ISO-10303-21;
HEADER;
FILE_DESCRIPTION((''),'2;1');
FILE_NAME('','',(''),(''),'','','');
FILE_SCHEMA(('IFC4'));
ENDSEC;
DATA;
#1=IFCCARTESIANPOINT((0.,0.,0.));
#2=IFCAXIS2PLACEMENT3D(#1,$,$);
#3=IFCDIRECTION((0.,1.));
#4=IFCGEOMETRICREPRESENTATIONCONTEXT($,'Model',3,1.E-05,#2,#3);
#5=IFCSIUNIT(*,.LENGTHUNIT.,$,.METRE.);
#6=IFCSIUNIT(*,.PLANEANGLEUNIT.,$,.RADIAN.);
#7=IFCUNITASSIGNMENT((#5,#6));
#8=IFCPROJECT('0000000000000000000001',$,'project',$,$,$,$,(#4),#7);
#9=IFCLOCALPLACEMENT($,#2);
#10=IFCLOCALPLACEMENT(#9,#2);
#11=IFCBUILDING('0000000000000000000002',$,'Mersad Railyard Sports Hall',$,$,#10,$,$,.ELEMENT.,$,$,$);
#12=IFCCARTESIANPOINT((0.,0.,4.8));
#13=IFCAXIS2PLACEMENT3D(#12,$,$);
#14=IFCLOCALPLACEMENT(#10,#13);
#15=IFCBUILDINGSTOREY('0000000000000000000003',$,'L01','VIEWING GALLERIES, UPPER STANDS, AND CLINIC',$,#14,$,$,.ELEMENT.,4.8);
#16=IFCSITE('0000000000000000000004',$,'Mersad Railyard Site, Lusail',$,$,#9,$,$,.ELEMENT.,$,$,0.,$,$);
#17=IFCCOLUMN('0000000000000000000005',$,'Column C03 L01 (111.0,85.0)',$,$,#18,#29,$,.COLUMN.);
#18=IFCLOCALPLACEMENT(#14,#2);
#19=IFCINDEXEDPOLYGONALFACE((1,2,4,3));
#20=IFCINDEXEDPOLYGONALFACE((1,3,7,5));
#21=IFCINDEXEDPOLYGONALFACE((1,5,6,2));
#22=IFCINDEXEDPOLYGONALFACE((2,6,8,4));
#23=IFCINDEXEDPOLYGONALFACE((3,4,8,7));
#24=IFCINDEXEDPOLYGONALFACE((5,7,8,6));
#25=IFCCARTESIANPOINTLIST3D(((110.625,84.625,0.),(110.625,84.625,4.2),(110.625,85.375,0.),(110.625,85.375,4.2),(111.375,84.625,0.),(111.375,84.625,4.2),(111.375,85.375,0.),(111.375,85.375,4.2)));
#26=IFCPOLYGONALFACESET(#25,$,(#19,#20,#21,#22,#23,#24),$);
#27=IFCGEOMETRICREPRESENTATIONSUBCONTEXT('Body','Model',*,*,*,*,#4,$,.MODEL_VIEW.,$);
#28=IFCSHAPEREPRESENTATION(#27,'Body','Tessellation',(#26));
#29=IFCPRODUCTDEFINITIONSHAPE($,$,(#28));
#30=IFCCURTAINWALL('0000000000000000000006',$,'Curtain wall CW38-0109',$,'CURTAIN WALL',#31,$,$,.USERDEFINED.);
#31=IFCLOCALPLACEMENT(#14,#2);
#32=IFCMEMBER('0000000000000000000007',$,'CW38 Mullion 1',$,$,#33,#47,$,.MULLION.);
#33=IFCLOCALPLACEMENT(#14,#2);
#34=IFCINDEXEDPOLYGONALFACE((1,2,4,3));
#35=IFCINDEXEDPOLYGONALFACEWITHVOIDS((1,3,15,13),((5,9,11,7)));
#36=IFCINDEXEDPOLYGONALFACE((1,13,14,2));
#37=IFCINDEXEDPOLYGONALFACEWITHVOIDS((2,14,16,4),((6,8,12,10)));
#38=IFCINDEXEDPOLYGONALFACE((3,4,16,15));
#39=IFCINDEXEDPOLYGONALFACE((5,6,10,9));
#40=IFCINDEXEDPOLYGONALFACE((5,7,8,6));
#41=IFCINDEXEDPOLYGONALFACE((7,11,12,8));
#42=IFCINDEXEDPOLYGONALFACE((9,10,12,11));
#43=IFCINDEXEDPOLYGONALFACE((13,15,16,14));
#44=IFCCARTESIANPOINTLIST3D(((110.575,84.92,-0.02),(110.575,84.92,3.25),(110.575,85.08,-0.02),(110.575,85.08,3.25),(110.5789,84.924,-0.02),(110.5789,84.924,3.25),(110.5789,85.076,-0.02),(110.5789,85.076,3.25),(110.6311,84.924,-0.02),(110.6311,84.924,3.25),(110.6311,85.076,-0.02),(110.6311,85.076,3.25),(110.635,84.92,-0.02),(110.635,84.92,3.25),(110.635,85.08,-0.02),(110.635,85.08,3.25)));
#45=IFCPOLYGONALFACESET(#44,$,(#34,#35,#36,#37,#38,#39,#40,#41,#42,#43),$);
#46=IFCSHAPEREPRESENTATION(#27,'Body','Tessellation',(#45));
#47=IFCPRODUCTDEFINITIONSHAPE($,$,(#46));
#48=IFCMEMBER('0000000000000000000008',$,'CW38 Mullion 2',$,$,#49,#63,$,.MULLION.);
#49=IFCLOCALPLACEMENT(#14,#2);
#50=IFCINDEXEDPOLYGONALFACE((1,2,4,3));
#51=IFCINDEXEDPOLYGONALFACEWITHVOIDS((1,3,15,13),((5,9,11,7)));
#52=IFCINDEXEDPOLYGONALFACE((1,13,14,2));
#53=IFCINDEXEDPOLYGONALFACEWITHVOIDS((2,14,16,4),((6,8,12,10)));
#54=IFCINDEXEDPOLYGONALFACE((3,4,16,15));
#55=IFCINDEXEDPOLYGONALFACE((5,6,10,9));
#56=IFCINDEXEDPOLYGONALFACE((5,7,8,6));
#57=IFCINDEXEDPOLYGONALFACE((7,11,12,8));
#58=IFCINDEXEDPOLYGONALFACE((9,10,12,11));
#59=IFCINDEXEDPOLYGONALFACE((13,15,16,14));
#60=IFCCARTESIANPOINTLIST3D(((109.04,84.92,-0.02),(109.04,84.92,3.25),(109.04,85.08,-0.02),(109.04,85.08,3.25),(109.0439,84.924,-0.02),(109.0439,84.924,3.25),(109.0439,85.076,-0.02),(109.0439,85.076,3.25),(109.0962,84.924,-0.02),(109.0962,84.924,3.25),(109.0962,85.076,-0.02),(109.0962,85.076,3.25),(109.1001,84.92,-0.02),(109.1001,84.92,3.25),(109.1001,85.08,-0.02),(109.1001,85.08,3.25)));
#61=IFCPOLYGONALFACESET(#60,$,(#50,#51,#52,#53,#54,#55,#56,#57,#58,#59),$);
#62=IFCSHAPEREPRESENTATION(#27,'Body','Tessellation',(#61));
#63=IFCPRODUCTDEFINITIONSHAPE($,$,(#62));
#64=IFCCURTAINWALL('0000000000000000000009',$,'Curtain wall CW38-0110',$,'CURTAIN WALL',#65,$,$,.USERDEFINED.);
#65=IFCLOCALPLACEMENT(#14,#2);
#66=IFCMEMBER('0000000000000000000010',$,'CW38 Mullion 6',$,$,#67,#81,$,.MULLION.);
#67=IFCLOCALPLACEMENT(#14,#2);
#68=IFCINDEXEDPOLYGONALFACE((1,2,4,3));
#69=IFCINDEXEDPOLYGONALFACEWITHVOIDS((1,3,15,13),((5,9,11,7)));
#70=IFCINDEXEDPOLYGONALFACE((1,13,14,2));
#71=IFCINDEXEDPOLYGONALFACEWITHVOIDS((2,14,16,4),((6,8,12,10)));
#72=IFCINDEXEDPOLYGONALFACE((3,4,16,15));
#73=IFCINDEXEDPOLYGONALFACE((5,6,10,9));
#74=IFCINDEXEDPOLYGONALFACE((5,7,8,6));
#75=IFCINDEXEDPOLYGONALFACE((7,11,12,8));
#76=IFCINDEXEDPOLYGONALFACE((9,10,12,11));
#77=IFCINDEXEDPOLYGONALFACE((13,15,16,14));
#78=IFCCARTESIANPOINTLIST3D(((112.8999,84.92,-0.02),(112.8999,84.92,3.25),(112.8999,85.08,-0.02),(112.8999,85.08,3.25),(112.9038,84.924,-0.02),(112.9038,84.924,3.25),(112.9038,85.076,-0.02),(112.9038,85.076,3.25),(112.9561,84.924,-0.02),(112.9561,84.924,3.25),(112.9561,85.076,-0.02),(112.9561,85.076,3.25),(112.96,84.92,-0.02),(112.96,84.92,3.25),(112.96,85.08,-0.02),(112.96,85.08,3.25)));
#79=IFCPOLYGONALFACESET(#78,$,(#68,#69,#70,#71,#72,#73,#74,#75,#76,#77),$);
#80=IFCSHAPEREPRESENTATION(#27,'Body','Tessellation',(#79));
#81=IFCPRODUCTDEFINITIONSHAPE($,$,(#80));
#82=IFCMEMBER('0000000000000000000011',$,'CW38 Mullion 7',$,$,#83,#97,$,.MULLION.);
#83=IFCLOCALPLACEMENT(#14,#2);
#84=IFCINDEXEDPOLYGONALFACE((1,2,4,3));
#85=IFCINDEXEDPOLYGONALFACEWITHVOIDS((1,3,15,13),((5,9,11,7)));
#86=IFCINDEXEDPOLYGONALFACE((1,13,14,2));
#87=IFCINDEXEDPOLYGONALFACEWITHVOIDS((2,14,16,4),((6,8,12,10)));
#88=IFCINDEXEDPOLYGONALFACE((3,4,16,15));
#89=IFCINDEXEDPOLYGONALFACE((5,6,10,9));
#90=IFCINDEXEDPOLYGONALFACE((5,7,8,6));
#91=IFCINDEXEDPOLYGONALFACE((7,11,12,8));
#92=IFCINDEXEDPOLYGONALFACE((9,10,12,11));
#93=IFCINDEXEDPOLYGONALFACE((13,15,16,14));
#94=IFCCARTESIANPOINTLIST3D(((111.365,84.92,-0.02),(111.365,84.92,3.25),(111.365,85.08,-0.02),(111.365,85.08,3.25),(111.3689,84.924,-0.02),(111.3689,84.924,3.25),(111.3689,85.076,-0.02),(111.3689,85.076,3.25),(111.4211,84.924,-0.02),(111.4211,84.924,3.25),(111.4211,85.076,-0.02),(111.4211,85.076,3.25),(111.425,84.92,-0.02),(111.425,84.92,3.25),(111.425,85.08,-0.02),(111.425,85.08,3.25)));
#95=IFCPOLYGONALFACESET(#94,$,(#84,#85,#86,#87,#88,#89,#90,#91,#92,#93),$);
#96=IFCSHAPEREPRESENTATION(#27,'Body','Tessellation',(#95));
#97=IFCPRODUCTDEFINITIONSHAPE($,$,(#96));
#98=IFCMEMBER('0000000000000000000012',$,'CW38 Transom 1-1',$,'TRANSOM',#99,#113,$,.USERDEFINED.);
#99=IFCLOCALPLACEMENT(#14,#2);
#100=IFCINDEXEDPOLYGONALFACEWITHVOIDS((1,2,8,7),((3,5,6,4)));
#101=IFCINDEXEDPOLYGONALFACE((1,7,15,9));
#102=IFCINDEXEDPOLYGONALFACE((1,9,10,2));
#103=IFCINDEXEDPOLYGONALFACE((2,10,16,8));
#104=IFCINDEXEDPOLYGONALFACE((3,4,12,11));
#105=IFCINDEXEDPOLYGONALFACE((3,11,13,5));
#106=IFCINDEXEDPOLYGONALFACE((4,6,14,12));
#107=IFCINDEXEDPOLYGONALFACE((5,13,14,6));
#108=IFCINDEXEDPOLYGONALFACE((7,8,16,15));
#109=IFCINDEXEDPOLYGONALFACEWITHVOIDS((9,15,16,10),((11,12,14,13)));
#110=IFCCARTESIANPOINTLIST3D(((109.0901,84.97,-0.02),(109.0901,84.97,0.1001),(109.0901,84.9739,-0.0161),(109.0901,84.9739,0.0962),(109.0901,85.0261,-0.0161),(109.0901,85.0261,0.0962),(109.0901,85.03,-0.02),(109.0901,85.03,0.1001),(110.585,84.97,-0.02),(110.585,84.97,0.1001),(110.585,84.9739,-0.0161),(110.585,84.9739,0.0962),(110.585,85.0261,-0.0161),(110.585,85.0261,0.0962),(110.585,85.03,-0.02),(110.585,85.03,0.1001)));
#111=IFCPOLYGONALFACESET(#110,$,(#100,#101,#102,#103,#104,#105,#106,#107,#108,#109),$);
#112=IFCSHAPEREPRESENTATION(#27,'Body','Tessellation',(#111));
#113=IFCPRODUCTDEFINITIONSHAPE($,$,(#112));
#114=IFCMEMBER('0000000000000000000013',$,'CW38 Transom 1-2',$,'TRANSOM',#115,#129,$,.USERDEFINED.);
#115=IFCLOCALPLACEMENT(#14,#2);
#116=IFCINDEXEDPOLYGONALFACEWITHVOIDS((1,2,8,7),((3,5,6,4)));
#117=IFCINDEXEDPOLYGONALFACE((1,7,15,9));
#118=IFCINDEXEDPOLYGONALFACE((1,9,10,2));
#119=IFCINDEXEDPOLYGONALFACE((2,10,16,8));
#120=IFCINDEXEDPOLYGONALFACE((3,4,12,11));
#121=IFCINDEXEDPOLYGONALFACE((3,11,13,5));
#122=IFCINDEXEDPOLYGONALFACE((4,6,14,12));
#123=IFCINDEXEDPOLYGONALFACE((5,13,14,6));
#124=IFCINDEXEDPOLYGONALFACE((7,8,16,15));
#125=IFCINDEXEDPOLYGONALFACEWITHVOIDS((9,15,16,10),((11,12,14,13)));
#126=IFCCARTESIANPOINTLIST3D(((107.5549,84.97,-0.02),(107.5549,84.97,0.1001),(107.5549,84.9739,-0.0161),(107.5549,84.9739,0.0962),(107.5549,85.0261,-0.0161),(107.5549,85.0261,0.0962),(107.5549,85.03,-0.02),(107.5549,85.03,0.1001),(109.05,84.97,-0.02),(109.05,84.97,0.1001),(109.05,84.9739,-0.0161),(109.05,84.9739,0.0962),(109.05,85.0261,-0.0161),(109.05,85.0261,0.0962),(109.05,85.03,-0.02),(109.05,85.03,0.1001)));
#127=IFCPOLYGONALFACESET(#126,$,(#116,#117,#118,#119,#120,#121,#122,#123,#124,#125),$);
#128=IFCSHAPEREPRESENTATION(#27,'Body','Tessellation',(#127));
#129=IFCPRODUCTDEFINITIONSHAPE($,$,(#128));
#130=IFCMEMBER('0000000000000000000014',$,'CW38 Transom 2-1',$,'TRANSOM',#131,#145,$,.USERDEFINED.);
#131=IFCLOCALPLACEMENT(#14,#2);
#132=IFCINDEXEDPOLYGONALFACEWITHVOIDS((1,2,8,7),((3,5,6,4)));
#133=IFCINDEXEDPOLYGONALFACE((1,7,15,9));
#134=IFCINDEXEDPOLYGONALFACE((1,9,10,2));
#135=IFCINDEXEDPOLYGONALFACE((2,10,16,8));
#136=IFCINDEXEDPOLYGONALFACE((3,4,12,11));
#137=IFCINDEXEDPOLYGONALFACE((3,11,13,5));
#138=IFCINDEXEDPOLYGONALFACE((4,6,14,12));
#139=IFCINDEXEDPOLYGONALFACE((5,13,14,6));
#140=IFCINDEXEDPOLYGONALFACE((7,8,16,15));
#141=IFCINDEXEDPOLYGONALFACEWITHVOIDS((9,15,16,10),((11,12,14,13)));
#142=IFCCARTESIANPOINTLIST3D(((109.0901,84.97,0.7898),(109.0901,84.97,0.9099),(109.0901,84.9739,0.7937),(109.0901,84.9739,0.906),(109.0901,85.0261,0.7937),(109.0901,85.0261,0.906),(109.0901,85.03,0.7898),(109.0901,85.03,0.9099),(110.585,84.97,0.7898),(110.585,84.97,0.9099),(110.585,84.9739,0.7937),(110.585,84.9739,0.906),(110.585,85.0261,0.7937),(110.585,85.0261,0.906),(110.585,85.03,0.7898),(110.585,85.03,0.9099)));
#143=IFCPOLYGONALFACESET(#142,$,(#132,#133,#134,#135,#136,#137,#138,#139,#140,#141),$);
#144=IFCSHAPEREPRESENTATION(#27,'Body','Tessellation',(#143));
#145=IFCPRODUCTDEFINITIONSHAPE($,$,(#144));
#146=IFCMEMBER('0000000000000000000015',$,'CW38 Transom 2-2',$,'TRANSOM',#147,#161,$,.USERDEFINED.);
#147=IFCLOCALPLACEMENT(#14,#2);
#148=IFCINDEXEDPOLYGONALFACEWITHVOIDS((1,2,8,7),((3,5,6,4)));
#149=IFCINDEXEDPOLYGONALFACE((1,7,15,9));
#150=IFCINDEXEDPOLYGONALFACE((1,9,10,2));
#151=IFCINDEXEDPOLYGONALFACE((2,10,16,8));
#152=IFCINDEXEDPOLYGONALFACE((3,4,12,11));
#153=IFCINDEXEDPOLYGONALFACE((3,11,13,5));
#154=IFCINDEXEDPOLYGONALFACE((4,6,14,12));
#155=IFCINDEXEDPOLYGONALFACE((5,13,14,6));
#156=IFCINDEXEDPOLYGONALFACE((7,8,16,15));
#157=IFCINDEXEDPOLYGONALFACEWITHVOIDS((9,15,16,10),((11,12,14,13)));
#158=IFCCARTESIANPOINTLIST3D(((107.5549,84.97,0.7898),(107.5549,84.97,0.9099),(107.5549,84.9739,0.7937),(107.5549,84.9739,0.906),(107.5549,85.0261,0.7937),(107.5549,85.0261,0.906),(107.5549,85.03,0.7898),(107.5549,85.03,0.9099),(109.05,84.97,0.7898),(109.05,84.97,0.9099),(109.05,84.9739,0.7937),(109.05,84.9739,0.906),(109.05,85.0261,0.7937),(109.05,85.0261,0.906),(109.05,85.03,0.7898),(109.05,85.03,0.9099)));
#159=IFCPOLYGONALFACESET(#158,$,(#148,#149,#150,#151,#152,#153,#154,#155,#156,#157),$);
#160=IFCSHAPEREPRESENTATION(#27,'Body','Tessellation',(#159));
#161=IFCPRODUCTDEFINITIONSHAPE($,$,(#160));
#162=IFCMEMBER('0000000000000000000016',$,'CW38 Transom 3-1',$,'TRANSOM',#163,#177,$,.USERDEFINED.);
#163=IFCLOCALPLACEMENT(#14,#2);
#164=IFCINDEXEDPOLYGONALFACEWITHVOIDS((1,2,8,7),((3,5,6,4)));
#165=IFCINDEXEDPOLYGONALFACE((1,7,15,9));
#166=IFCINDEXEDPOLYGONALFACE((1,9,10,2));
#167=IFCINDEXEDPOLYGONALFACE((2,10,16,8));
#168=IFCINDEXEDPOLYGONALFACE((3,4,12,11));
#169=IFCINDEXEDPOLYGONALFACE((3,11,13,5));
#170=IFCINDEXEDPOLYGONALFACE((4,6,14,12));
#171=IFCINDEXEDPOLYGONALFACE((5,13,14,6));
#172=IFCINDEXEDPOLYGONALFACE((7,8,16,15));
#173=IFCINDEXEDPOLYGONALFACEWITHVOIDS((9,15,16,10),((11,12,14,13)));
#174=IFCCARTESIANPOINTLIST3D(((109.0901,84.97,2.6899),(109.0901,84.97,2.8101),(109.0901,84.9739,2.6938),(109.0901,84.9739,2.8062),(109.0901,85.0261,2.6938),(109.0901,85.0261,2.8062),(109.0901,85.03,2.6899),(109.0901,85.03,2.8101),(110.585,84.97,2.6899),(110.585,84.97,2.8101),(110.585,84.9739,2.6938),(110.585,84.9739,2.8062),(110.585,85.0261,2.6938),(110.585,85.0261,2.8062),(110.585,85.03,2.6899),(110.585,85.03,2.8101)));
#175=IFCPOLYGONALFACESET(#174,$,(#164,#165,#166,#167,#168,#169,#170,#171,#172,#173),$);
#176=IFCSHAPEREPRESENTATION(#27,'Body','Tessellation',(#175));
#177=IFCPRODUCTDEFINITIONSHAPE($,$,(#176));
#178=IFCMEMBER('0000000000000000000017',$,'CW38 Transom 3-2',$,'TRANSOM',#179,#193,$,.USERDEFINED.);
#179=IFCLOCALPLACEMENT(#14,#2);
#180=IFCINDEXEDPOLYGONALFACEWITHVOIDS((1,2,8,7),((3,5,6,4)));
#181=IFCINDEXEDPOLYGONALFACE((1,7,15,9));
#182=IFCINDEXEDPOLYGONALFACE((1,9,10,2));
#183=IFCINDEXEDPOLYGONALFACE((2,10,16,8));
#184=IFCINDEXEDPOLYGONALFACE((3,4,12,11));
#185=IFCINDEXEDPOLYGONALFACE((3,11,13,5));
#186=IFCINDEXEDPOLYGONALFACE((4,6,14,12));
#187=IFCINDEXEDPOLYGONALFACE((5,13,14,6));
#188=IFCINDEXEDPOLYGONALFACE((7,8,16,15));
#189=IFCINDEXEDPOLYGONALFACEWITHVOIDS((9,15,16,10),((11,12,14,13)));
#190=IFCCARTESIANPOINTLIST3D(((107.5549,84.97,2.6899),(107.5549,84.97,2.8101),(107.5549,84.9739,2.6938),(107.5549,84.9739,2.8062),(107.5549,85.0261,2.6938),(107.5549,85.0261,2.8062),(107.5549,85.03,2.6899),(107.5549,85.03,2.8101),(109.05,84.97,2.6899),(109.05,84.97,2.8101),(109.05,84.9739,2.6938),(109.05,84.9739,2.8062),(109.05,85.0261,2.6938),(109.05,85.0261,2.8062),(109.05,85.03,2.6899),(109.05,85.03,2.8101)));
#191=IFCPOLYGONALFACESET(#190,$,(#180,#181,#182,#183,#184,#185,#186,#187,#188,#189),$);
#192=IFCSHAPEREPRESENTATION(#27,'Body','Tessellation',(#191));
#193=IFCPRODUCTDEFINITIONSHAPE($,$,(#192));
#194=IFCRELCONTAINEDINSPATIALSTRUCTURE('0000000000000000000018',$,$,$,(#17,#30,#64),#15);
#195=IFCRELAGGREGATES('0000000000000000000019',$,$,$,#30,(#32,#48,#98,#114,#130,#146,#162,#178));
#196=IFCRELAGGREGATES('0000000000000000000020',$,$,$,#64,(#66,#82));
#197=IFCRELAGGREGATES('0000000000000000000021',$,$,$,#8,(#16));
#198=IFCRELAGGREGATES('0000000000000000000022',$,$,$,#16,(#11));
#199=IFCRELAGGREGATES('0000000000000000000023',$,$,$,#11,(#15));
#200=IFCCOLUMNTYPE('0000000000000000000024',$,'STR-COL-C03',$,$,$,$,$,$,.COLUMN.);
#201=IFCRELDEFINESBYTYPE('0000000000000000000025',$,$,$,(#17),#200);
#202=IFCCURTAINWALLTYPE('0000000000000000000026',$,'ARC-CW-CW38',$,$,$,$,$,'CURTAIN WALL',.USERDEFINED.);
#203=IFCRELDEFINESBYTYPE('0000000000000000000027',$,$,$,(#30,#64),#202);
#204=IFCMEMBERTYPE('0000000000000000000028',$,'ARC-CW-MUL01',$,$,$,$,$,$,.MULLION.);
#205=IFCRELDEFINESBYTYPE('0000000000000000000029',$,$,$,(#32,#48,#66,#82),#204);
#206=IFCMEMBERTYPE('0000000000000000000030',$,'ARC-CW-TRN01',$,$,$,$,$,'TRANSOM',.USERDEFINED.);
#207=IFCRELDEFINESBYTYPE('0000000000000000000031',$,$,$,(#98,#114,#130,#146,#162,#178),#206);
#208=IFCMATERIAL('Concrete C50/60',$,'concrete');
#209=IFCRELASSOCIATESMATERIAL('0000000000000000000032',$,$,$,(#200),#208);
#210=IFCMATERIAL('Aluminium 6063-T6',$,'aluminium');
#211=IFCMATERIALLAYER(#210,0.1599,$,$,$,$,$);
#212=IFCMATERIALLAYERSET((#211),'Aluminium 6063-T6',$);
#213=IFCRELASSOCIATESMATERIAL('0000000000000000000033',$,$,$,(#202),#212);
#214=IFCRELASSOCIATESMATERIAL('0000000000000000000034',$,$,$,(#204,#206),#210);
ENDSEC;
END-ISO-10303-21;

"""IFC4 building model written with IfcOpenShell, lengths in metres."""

from ifc_helpers import new_model, si_unit, direction, frame, origin, origin_2d, place, context, subcontext, project, spatial, rectangle, hollow_rectangle, extrude, material, layer, layer_set, material_profile, profile_set, type_object, element, aggregate, save


model = new_model("IFC4")

# Units and contexts
model_context = context("Model", 3, precision=1e-05, world=origin(), true_north=direction((0.0, 1.0)))
body_context = subcontext(model_context, "Body", "Model", "MODEL_VIEW")
ifc_project = project(units=[si_unit("LENGTHUNIT", "METRE"), si_unit("PLANEANGLEUNIT", "RADIAN")], contexts=[model_context])

# Site, building, storey
site_placement = place(None, origin())
site = spatial("IfcSite", under=ifc_project, at=site_placement, Name="Mersad Railyard Site, Lusail", CompositionType="ELEMENT", RefElevation=0.0)
building_placement = place(site_placement, origin())
building = spatial("IfcBuilding", under=site, at=building_placement, Name="Mersad Railyard Sports Hall", CompositionType="ELEMENT")
storey_placement = place(building_placement, frame((0.0, 0.0, 4.8)))
storey = spatial("IfcBuildingStorey", under=building, at=storey_placement, Name="L01", Description="VIEWING GALLERIES, UPPER STANDS, AND CLINIC", CompositionType="ELEMENT", Elevation=4.8)

# Column
ifc_material_1 = material(Name="Concrete C50/60", Category="concrete")
ifc_material_profile_1 = material_profile(ifc_material_1, rectangle(XDim=0.75, YDim=0.75, at=origin_2d()), Name="RC 750x750")
ifc_profile_set_1 = profile_set([ifc_material_profile_1], Name="Concrete C50/60")
column_type = type_object("IfcColumnType", Name="STR-COL-C03", PredefinedType="COLUMN", material=ifc_profile_set_1)
column_placement = place(storey_placement, frame((111.0, 85.0, 0.0), z_axis=(0.0, 0.0, 1.0), x_axis=(1.0, 0.0, 0.0)))
element("IfcColumn", 1, at=column_placement, inside=storey, type_object=column_type, Name="Column C03 L01 (111.0,85.0)", PredefinedType="COLUMN", context=body_context, shape_type="SweptSolid", body=[
    extrude(rectangle(XDim=0.75, YDim=0.75, at=origin_2d()), origin(), (0.0, 0.0, 1.0), 4.2),
])

# Curtain walls, members
ifc_material_2 = material(Name="Aluminium 6063-T6", Category="aluminium")
ifc_layer_1 = layer(ifc_material_2, 0.1599)
ifc_layer_set_1 = layer_set([ifc_layer_1], Name="Aluminium 6063-T6")
curtain_wall_type = type_object("IfcCurtainWallType", Name="ARC-CW-CW38", ElementType="CURTAIN WALL", PredefinedType="USERDEFINED", material=ifc_layer_set_1)
curtain_wall_1_placement = place(storey_placement, origin())
curtain_wall_1 = element("IfcCurtainWall", 2, at=curtain_wall_1_placement, inside=storey, type_object=curtain_wall_type, Name="Curtain wall CW38-0109", ObjectType="CURTAIN WALL", PredefinedType="USERDEFINED")
ifc_material_profile_2 = material_profile(ifc_material_2, hollow_rectangle(XDim=0.0601, YDim=0.1599, WallThickness=0.0039, at=origin_2d()), Name="AL MULLION 60x160x4")
ifc_profile_set_2 = profile_set([ifc_material_profile_2], Name="Aluminium 6063-T6")
member_type_1 = type_object("IfcMemberType", Name="ARC-CW-MUL01", PredefinedType="MULLION", material=ifc_profile_set_2)
member_1_placement = place(storey_placement, frame((110.605, 85.0, -0.02), z_axis=(0.0, 0.0, 1.0), x_axis=(1.0, 0.0, 0.0)))
member_1 = element("IfcMember", 3, at=member_1_placement, type_object=member_type_1, Name="CW38 Mullion 1", PredefinedType="MULLION", context=body_context, shape_type="SweptSolid", body=[
    extrude(hollow_rectangle(XDim=0.0601, YDim=0.1599, WallThickness=0.0039, at=origin_2d()), origin(), (0.0, 0.0, 1.0), 3.27),
])
member_2_placement = place(storey_placement, frame((109.0701, 85.0, -0.02), z_axis=(0.0, 0.0, 1.0), x_axis=(1.0, 0.0, 0.0)))
member_2 = element("IfcMember", 4, at=member_2_placement, type_object=member_type_1, Name="CW38 Mullion 2", PredefinedType="MULLION", context=body_context, shape_type="SweptSolid", body=[
    extrude(hollow_rectangle(XDim=0.0601, YDim=0.1599, WallThickness=0.0039, at=origin_2d()), origin(), (0.0, 0.0, 1.0), 3.27),
])
curtain_wall_2_placement = place(storey_placement, origin())
curtain_wall_2 = element("IfcCurtainWall", 5, at=curtain_wall_2_placement, inside=storey, type_object=curtain_wall_type, Name="Curtain wall CW38-0110", ObjectType="CURTAIN WALL", PredefinedType="USERDEFINED")
member_3_placement = place(storey_placement, frame((112.9299, 85.0, -0.02), z_axis=(0.0, 0.0, 1.0), x_axis=(1.0, 0.0, 0.0)))
member_3 = element("IfcMember", 6, at=member_3_placement, type_object=member_type_1, Name="CW38 Mullion 6", PredefinedType="MULLION", context=body_context, shape_type="SweptSolid", body=[
    extrude(hollow_rectangle(XDim=0.0601, YDim=0.1599, WallThickness=0.0039, at=origin_2d()), origin(), (0.0, 0.0, 1.0), 3.27),
])
member_4_placement = place(storey_placement, frame((111.395, 85.0, -0.02), z_axis=(0.0, 0.0, 1.0), x_axis=(1.0, 0.0, 0.0)))
member_4 = element("IfcMember", 7, at=member_4_placement, type_object=member_type_1, Name="CW38 Mullion 7", PredefinedType="MULLION", context=body_context, shape_type="SweptSolid", body=[
    extrude(hollow_rectangle(XDim=0.0601, YDim=0.1599, WallThickness=0.0039, at=origin_2d()), origin(), (0.0, 0.0, 1.0), 3.27),
])

# Members
ifc_material_profile_3 = material_profile(ifc_material_2, hollow_rectangle(XDim=0.0601, YDim=0.1201, WallThickness=0.0039, at=origin_2d()), Name="AL TRANSOM 60x120x4")
ifc_profile_set_3 = profile_set([ifc_material_profile_3], Name="Aluminium 6063-T6")
member_type_2 = type_object("IfcMemberType", Name="ARC-CW-TRN01", ElementType="TRANSOM", PredefinedType="USERDEFINED", material=ifc_profile_set_3)
member_5_placement = place(storey_placement, frame((110.585, 85.0, 0.04), z_axis=(-1.0, 0.0, 0.0), x_axis=(0.0, -1.0, 0.0)))
member_5 = element("IfcMember", 8, at=member_5_placement, type_object=member_type_2, Name="CW38 Transom 1-1", ObjectType="TRANSOM", PredefinedType="USERDEFINED", context=body_context, shape_type="SweptSolid", body=[
    extrude(hollow_rectangle(XDim=0.0601, YDim=0.1201, WallThickness=0.0039, at=origin_2d()), origin(), (0.0, 0.0, 1.0), 1.4949),
])
member_6_placement = place(storey_placement, frame((109.05, 85.0, 0.04), z_axis=(-1.0, 0.0, 0.0), x_axis=(0.0, -1.0, 0.0)))
member_6 = element("IfcMember", 9, at=member_6_placement, type_object=member_type_2, Name="CW38 Transom 1-2", ObjectType="TRANSOM", PredefinedType="USERDEFINED", context=body_context, shape_type="SweptSolid", body=[
    extrude(hollow_rectangle(XDim=0.0601, YDim=0.1201, WallThickness=0.0039, at=origin_2d()), origin(), (0.0, 0.0, 1.0), 1.4951),
])
member_7_placement = place(storey_placement, frame((110.585, 85.0, 0.8499), z_axis=(-1.0, 0.0, 0.0), x_axis=(0.0, -1.0, 0.0)))
member_7 = element("IfcMember", 10, at=member_7_placement, type_object=member_type_2, Name="CW38 Transom 2-1", ObjectType="TRANSOM", PredefinedType="USERDEFINED", context=body_context, shape_type="SweptSolid", body=[
    extrude(hollow_rectangle(XDim=0.0601, YDim=0.1201, WallThickness=0.0039, at=origin_2d()), origin(), (0.0, 0.0, 1.0), 1.4949),
])
member_8_placement = place(storey_placement, frame((109.05, 85.0, 0.8499), z_axis=(-1.0, 0.0, 0.0), x_axis=(0.0, -1.0, 0.0)))
member_8 = element("IfcMember", 11, at=member_8_placement, type_object=member_type_2, Name="CW38 Transom 2-2", ObjectType="TRANSOM", PredefinedType="USERDEFINED", context=body_context, shape_type="SweptSolid", body=[
    extrude(hollow_rectangle(XDim=0.0601, YDim=0.1201, WallThickness=0.0039, at=origin_2d()), origin(), (0.0, 0.0, 1.0), 1.4951),
])
member_9_placement = place(storey_placement, frame((110.585, 85.0, 2.75), z_axis=(-1.0, 0.0, 0.0), x_axis=(0.0, -1.0, 0.0)))
member_9 = element("IfcMember", 12, at=member_9_placement, type_object=member_type_2, Name="CW38 Transom 3-1", ObjectType="TRANSOM", PredefinedType="USERDEFINED", context=body_context, shape_type="SweptSolid", body=[
    extrude(hollow_rectangle(XDim=0.0601, YDim=0.1201, WallThickness=0.0039, at=origin_2d()), origin(), (0.0, 0.0, 1.0), 1.4949),
])
member_10_placement = place(storey_placement, frame((109.05, 85.0, 2.75), z_axis=(-1.0, 0.0, 0.0), x_axis=(0.0, -1.0, 0.0)))
member_10 = element("IfcMember", 13, at=member_10_placement, type_object=member_type_2, Name="CW38 Transom 3-2", ObjectType="TRANSOM", PredefinedType="USERDEFINED", context=body_context, shape_type="SweptSolid", body=[
    extrude(hollow_rectangle(XDim=0.0601, YDim=0.1201, WallThickness=0.0039, at=origin_2d()), origin(), (0.0, 0.0, 1.0), 1.4951),
])

aggregate(curtain_wall_1, [member_1, member_2, member_5, member_6, member_7, member_8, member_9, member_10])
aggregate(curtain_wall_2, [member_3, member_4])

save(model, "model.ifc")
